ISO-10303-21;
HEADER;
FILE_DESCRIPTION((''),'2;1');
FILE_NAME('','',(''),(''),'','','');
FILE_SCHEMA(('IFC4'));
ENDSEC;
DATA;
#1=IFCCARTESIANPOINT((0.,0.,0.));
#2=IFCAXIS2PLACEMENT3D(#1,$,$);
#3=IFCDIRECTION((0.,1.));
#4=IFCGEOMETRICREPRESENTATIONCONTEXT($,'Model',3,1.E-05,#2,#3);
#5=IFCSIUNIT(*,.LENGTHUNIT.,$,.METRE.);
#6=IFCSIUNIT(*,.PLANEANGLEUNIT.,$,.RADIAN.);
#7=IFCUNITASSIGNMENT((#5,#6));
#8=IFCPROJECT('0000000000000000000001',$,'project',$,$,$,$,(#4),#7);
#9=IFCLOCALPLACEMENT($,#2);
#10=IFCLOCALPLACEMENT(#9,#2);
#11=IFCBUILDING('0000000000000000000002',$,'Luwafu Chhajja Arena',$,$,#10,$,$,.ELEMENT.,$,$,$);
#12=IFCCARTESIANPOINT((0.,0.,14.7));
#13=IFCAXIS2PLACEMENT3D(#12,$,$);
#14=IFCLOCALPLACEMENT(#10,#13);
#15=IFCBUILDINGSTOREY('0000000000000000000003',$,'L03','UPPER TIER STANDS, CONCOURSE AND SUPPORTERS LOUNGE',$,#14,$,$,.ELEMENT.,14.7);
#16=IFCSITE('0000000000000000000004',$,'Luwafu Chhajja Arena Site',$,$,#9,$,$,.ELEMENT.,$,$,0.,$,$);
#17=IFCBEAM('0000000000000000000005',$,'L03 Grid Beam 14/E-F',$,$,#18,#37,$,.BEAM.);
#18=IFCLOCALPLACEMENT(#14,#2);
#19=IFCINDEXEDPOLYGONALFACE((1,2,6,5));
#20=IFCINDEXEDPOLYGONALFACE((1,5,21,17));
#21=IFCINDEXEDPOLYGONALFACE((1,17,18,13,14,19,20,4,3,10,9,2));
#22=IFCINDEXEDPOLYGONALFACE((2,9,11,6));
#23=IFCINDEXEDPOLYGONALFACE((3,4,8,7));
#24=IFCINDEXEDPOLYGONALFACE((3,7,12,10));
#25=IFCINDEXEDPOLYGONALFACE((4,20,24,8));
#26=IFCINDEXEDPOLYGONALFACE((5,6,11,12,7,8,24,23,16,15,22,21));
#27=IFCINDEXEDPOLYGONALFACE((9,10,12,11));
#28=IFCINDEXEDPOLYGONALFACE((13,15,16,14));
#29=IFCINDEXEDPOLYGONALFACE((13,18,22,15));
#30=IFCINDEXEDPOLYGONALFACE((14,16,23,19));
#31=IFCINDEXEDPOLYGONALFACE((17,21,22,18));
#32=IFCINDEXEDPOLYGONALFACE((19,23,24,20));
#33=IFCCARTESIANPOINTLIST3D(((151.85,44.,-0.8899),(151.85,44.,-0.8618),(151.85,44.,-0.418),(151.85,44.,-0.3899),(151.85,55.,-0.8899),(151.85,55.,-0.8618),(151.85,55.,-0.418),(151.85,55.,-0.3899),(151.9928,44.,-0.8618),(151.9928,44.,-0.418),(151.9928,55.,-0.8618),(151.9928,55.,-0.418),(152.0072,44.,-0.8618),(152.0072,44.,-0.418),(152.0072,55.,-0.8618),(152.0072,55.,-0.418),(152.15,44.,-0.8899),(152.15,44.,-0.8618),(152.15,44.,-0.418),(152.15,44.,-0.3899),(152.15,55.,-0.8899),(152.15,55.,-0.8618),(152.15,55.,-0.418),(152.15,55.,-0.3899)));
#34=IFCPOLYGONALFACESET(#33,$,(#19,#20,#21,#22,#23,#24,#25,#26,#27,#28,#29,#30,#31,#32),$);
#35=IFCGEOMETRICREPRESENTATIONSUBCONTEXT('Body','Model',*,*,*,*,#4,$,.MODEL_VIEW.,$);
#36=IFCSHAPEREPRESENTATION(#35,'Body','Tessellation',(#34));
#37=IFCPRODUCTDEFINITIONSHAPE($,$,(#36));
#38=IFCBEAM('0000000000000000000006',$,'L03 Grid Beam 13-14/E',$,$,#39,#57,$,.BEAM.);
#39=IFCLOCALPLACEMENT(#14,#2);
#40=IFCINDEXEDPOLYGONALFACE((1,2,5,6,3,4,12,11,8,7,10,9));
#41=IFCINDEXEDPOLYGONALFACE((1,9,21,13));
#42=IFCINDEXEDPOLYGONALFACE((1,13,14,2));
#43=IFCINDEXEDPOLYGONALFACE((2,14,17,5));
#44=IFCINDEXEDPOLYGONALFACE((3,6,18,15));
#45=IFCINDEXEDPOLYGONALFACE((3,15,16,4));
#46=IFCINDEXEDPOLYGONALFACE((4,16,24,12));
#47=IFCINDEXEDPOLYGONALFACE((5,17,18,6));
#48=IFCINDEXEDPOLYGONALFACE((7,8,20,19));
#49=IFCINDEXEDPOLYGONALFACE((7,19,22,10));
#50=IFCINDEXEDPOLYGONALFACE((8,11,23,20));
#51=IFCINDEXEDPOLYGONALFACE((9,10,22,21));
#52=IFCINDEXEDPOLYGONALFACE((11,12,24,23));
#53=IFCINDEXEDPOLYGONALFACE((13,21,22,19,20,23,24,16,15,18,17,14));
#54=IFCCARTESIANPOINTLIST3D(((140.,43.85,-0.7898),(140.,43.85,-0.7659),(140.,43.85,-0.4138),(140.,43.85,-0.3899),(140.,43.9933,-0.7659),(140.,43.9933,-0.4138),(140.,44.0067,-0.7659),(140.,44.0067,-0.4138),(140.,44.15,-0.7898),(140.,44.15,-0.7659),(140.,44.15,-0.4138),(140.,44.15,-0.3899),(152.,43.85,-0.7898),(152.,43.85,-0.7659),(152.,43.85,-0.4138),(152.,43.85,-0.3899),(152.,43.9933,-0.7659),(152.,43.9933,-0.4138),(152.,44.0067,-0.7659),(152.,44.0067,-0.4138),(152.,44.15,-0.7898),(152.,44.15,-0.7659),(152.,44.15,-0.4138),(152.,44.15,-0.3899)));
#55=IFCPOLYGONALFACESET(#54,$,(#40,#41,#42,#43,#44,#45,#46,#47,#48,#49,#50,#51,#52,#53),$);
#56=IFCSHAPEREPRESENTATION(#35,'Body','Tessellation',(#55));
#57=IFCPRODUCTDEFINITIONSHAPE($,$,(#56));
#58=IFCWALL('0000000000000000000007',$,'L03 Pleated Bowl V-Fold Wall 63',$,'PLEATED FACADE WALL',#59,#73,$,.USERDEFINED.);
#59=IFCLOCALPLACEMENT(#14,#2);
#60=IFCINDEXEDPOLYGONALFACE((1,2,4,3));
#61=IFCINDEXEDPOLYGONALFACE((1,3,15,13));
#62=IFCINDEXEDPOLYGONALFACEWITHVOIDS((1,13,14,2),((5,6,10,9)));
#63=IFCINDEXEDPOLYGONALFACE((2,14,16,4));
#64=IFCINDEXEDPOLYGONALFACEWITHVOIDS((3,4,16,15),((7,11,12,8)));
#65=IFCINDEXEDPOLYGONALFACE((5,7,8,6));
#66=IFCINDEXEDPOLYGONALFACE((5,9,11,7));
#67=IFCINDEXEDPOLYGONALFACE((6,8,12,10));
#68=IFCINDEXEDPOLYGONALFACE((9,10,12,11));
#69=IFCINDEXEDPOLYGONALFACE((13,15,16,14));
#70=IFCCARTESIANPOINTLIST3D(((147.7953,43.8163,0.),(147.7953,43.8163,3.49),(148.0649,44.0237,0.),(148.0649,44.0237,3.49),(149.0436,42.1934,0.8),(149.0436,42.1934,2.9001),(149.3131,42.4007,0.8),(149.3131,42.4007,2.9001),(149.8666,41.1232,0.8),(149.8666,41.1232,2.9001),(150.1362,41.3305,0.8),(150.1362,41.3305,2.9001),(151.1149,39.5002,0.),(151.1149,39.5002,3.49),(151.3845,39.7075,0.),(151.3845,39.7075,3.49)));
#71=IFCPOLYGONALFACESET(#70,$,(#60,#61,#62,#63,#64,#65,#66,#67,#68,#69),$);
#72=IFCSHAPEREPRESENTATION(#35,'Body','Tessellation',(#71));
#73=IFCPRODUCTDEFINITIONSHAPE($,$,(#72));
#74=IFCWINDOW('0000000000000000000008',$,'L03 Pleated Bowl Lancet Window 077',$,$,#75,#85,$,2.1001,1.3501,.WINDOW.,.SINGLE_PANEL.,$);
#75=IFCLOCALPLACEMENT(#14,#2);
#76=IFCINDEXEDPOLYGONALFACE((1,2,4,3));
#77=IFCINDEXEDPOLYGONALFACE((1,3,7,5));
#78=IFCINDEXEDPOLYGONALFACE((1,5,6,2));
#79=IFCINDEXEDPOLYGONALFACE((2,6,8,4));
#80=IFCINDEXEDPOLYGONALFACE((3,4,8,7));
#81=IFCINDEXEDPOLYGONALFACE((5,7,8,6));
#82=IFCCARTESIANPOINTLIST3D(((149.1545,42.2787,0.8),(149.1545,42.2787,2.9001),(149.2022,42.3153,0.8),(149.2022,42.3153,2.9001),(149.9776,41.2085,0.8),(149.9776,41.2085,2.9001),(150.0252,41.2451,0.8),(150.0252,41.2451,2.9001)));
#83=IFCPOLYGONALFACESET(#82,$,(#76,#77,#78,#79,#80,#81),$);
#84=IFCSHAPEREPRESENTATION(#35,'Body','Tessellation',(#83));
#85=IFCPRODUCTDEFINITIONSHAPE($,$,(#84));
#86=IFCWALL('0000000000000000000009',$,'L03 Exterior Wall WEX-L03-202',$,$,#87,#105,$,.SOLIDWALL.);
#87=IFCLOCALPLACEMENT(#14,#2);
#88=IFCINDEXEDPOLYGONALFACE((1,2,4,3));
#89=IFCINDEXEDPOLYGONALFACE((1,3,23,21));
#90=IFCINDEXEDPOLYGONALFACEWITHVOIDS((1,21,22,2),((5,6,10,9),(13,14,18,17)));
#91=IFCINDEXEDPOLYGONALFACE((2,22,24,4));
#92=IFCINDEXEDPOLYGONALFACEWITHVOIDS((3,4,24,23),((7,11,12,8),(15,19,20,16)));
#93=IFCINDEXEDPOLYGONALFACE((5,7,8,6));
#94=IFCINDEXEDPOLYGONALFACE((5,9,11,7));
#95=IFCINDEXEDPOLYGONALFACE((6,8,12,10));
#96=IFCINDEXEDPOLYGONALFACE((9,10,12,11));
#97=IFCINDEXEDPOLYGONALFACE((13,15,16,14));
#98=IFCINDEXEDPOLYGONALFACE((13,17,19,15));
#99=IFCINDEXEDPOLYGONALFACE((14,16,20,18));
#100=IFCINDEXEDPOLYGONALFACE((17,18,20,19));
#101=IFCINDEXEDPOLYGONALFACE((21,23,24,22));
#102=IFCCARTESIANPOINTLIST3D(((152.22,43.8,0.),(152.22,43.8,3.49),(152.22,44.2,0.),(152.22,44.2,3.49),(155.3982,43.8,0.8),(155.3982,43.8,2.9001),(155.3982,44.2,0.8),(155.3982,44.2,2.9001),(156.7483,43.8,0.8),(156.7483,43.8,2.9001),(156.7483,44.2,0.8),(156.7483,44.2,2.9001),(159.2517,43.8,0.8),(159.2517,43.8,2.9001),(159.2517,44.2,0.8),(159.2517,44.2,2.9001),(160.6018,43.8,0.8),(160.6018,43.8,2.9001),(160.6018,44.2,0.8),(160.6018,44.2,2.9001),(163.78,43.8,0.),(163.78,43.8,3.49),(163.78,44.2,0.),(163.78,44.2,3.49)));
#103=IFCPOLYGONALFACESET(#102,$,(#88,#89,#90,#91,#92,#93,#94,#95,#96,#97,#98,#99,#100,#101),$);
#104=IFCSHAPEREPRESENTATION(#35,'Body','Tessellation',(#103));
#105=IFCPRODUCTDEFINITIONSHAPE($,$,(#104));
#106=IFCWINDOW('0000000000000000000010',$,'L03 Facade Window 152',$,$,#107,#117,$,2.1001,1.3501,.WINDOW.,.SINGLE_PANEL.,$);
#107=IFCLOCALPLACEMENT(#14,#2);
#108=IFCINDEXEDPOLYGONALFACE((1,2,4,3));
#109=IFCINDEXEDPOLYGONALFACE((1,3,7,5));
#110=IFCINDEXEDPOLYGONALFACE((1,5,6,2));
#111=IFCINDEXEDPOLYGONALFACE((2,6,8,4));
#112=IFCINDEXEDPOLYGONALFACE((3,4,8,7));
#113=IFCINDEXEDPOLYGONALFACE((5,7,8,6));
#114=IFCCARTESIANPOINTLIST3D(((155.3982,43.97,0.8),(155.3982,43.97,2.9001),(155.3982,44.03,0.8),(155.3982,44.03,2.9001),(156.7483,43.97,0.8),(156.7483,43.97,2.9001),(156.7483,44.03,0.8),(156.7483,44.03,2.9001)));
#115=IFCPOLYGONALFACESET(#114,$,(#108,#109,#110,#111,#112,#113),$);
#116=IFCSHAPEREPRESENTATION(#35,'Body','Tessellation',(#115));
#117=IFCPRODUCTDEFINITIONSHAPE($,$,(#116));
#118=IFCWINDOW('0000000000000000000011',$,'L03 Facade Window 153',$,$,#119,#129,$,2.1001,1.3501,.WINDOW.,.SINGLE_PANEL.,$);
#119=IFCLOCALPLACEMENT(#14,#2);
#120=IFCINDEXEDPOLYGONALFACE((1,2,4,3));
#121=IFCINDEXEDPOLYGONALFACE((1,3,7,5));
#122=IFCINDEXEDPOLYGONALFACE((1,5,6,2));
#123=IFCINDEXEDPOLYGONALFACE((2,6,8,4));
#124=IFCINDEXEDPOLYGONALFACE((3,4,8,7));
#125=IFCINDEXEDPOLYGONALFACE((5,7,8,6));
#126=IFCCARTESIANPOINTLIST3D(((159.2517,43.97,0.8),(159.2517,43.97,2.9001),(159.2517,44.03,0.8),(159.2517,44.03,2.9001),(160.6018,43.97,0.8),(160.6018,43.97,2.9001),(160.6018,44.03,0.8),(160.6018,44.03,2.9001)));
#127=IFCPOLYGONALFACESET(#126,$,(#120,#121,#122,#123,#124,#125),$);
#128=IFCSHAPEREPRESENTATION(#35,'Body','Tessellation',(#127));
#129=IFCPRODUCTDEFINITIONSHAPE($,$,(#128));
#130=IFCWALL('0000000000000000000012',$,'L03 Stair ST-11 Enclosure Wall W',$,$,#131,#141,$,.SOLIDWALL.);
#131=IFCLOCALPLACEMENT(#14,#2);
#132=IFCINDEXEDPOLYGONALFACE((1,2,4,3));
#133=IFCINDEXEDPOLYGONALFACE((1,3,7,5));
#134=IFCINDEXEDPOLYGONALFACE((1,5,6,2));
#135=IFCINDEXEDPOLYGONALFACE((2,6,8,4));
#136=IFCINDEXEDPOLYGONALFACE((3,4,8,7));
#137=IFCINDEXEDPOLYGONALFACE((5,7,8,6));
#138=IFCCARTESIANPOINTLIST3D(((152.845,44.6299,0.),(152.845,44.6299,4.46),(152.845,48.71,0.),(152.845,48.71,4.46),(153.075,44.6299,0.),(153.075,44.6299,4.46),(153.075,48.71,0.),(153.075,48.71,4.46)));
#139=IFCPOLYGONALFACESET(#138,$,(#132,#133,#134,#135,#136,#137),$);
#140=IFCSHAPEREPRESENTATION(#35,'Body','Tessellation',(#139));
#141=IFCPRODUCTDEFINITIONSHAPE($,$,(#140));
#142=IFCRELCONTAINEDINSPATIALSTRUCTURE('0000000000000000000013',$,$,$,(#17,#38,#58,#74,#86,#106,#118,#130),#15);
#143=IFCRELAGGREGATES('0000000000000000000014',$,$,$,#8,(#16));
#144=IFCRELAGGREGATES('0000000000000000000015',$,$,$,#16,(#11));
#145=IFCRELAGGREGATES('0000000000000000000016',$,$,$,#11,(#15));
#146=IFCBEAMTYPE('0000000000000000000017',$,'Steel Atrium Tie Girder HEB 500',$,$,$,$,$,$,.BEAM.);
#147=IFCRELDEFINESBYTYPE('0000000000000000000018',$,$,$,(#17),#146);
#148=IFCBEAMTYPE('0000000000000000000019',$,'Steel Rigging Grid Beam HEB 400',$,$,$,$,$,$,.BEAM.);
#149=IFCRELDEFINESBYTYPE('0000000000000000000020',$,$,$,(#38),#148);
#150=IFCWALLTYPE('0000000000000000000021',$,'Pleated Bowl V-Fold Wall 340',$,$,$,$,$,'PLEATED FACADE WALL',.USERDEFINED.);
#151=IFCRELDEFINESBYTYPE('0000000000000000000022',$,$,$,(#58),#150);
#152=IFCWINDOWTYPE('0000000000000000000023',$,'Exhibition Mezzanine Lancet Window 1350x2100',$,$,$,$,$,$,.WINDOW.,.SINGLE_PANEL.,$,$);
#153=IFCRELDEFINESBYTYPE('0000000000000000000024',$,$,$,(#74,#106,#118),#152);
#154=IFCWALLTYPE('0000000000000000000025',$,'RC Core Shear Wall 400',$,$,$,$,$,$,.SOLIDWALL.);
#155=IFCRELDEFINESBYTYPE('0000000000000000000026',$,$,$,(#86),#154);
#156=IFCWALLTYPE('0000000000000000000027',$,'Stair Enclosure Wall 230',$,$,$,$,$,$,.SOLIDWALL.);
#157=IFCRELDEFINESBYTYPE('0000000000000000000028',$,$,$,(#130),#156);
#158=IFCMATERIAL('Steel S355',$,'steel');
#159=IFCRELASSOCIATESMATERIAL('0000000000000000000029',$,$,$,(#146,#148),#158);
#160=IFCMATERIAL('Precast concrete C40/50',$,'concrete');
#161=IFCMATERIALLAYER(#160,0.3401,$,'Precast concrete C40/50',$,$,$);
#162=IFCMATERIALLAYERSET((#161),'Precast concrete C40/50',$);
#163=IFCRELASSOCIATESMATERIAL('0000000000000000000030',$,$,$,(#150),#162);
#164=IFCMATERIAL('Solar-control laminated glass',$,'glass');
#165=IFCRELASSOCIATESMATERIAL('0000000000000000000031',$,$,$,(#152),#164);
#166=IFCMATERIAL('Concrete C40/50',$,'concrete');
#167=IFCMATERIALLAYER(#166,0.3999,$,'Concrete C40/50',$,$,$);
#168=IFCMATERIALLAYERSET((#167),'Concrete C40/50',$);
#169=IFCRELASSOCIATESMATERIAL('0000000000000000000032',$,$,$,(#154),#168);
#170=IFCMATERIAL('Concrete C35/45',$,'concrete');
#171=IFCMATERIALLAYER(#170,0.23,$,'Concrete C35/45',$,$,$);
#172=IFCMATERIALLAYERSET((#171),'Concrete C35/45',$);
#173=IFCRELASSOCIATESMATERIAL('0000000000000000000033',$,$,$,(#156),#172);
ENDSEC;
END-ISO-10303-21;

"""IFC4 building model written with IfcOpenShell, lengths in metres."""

from ifc_helpers import new_model, si_unit, direction, frame, frame_2d, origin, origin_2d, place, context, subcontext, project, spatial, rectangle, i_section, extrude, material, layer, layer_set, material_profile, profile_set, type_object, element, fill, save


model = new_model("IFC4")

# Units and contexts
model_context = context("Model", 3, precision=1e-05, world=origin(), true_north=direction((0.0, 1.0)))
body_context = subcontext(model_context, "Body", "Model", "MODEL_VIEW")
ifc_project = project(units=[si_unit("LENGTHUNIT", "METRE"), si_unit("PLANEANGLEUNIT", "RADIAN")], contexts=[model_context])

# Site, building, storey
site_placement = place(None, origin())
site = spatial("IfcSite", under=ifc_project, at=site_placement, Name="Luwafu Chhajja Arena Site", CompositionType="ELEMENT", RefElevation=0.0)
building_placement = place(site_placement, origin())
building = spatial("IfcBuilding", under=site, at=building_placement, Name="Luwafu Chhajja Arena", CompositionType="ELEMENT")
storey_placement = place(building_placement, frame((0.0, 0.0, 14.7)))
storey = spatial("IfcBuildingStorey", under=building, at=storey_placement, Name="L03", Description="UPPER TIER STANDS, CONCOURSE AND SUPPORTERS LOUNGE", CompositionType="ELEMENT", Elevation=14.7)

# Shared definitions
ifc_material_1 = material(Name="Concrete C35/45", Category="concrete")
ifc_material_2 = material(Name="Concrete C40/50", Category="concrete")
ifc_material_3 = material(Name="Steel S355", Category="steel")

# Beams
ifc_material_profile_1 = material_profile(ifc_material_3, i_section(OverallWidth=0.3, OverallDepth=0.5, WebThickness=0.0144, FlangeThickness=0.0281, at=origin_2d()), Name="HEB 500")
ifc_profile_set_1 = profile_set([ifc_material_profile_1], Name="Steel S355")
beam_type_1 = type_object("IfcBeamType", Name="Steel Atrium Tie Girder HEB 500", PredefinedType="BEAM", material=ifc_profile_set_1)
beam_1_placement = place(storey_placement, frame((152.0, 44.0, -0.6399), z_axis=(0.0, 1.0, 0.0), x_axis=(-1.0, 0.0, 0.0)))
element("IfcBeam", 1, at=beam_1_placement, inside=storey, type_object=beam_type_1, Name="L03 Grid Beam 14/E-F", PredefinedType="BEAM", context=body_context, shape_type="SweptSolid", body=[
    extrude(i_section(OverallWidth=0.3, OverallDepth=0.5, WebThickness=0.0144, FlangeThickness=0.0281, at=origin_2d()), origin(), (0.0, 0.0, 1.0), 11.0),
])
ifc_material_profile_2 = material_profile(ifc_material_3, i_section(OverallWidth=0.3, OverallDepth=0.3999, WebThickness=0.0134, FlangeThickness=0.0239, at=origin_2d()), Name="HEB 400")
ifc_profile_set_2 = profile_set([ifc_material_profile_2], Name="Steel S355")
beam_type_2 = type_object("IfcBeamType", Name="Steel Rigging Grid Beam HEB 400", PredefinedType="BEAM", material=ifc_profile_set_2)
beam_2_placement = place(storey_placement, frame((140.0, 44.0, -0.5898), z_axis=(1.0, 0.0, 0.0), x_axis=(0.0, 1.0, 0.0)))
element("IfcBeam", 2, at=beam_2_placement, inside=storey, type_object=beam_type_2, Name="L03 Grid Beam 13-14/E", PredefinedType="BEAM", context=body_context, shape_type="SweptSolid", body=[
    extrude(i_section(OverallWidth=0.3, OverallDepth=0.3999, WebThickness=0.0134, FlangeThickness=0.0239, at=origin_2d()), origin(), (0.0, 0.0, 1.0), 12.0),
])

# Wall, opening, window
ifc_material_4 = material(Name="Precast concrete C40/50", Category="concrete")
ifc_layer_1 = layer(ifc_material_4, 0.3401, Name="Precast concrete C40/50")
ifc_layer_set_1 = layer_set([ifc_layer_1], Name="Precast concrete C40/50")
wall_type_1 = type_object("IfcWallType", Name="Pleated Bowl V-Fold Wall 340", ElementType="PLEATED FACADE WALL", PredefinedType="USERDEFINED", material=ifc_layer_set_1)
wall_1_placement = place(storey_placement, frame((151.2498, 39.6038, 0.0), z_axis=(0.0, 0.0, 1.0), x_axis=(-0.609648, 0.792672, 0.0)))
wall_1 = element("IfcWall", 3, at=wall_1_placement, inside=storey, type_object=wall_type_1, Name="L03 Pleated Bowl V-Fold Wall 63", ObjectType="PLEATED FACADE WALL", PredefinedType="USERDEFINED", context=body_context, shape_type="SweptSolid", body=[
    extrude(rectangle(XDim=5.4451, YDim=0.3401, at=frame_2d((2.7227, 0.0))), origin(), (0.0, 0.0, 1.0), 3.49),
])
opening_1_placement = place(wall_1_placement, frame((2.0476, 0.0, 0.8)))
opening_1 = element("IfcOpeningElement", 4, at=opening_1_placement, cuts=wall_1, PredefinedType="OPENING", context=body_context, shape_type="SweptSolid", body=[
    extrude(rectangle(XDim=1.3501, YDim=2.1001, at=frame_2d((0.675, 1.05))), frame((0.0, 0.1799, 0.0), z_axis=(0.0, -1.0, 0.0), x_axis=(1.0, 0.0, 0.0)), (0.0, 0.0, 1.0), 0.3601),
])
ifc_material_5 = material(Name="Solar-control laminated glass", Category="glass")
window_type = type_object("IfcWindowType", Name="Exhibition Mezzanine Lancet Window 1350x2100", PartitioningType="SINGLE_PANEL", PredefinedType="WINDOW", material=ifc_material_5)
window_1_placement = place(opening_1_placement, origin())
window_1 = element("IfcWindow", 5, at=window_1_placement, inside=storey, type_object=window_type, Name="L03 Pleated Bowl Lancet Window 077", OverallHeight=2.1001, OverallWidth=1.3501, PartitioningType="SINGLE_PANEL", PredefinedType="WINDOW", context=body_context, shape_type="SweptSolid", body=[
    extrude(rectangle(XDim=1.3501, YDim=2.1001, at=frame_2d((0.675, 1.05))), frame((0.0, 0.03, 0.0), z_axis=(0.0, -1.0, 0.0), x_axis=(1.0, 0.0, 0.0)), (0.0, 0.0, 1.0), 0.0601),
])
fill(opening_1, window_1)

# Wall, openings, windows
ifc_layer_2 = layer(ifc_material_2, 0.3999, Name="Concrete C40/50")
ifc_layer_set_2 = layer_set([ifc_layer_2], Name="Concrete C40/50")
wall_type_2 = type_object("IfcWallType", Name="RC Core Shear Wall 400", PredefinedType="SOLIDWALL", material=ifc_layer_set_2)
wall_2_placement = place(storey_placement, frame((152.22, 44.0, 0.0), z_axis=(0.0, 0.0, 1.0), x_axis=(1.0, 0.0, 0.0)))
wall_2 = element("IfcWall", 6, at=wall_2_placement, inside=storey, type_object=wall_type_2, Name="L03 Exterior Wall WEX-L03-202", PredefinedType="SOLIDWALL", context=body_context, shape_type="SweptSolid", body=[
    extrude(rectangle(XDim=11.5601, YDim=0.3999, at=frame_2d((5.78, 0.0))), origin(), (0.0, 0.0, 1.0), 3.49),
])
opening_2_placement = place(wall_2_placement, frame((3.1782, 0.0, 0.8)))
opening_2 = element("IfcOpeningElement", 7, at=opening_2_placement, cuts=wall_2, PredefinedType="OPENING", context=body_context, shape_type="SweptSolid", body=[
    extrude(rectangle(XDim=1.3501, YDim=2.1001, at=frame_2d((0.675, 1.05))), frame((0.0, 0.21, 0.0), z_axis=(0.0, -1.0, 0.0), x_axis=(1.0, 0.0, 0.0)), (0.0, 0.0, 1.0), 0.4199),
])
opening_3_placement = place(wall_2_placement, frame((7.0317, 0.0, 0.8)))
opening_3 = element("IfcOpeningElement", 8, at=opening_3_placement, cuts=wall_2, PredefinedType="OPENING", context=body_context, shape_type="SweptSolid", body=[
    extrude(rectangle(XDim=1.3501, YDim=2.1001, at=frame_2d((0.675, 1.05))), frame((0.0, 0.21, 0.0), z_axis=(0.0, -1.0, 0.0), x_axis=(1.0, 0.0, 0.0)), (0.0, 0.0, 1.0), 0.4199),
])
window_2_placement = place(opening_2_placement, origin())
window_2 = element("IfcWindow", 9, at=window_2_placement, inside=storey, type_object=window_type, Name="L03 Facade Window 152", OverallHeight=2.1001, OverallWidth=1.3501, PartitioningType="SINGLE_PANEL", PredefinedType="WINDOW", context=body_context, shape_type="SweptSolid", body=[
    extrude(rectangle(XDim=1.3501, YDim=2.1001, at=frame_2d((0.675, 1.05))), frame((0.0, 0.03, 0.0), z_axis=(0.0, -1.0, 0.0), x_axis=(1.0, 0.0, 0.0)), (0.0, 0.0, 1.0), 0.0601),
])
fill(opening_2, window_2)
window_3_placement = place(opening_3_placement, origin())
window_3 = element("IfcWindow", 10, at=window_3_placement, inside=storey, type_object=window_type, Name="L03 Facade Window 153", OverallHeight=2.1001, OverallWidth=1.3501, PartitioningType="SINGLE_PANEL", PredefinedType="WINDOW", context=body_context, shape_type="SweptSolid", body=[
    extrude(rectangle(XDim=1.3501, YDim=2.1001, at=frame_2d((0.675, 1.05))), frame((0.0, 0.03, 0.0), z_axis=(0.0, -1.0, 0.0), x_axis=(1.0, 0.0, 0.0)), (0.0, 0.0, 1.0), 0.0601),
])
fill(opening_3, window_3)

# Wall
ifc_layer_3 = layer(ifc_material_1, 0.23, Name="Concrete C35/45")
ifc_layer_set_3 = layer_set([ifc_layer_3], Name="Concrete C35/45")
wall_type_3 = type_object("IfcWallType", Name="Stair Enclosure Wall 230", PredefinedType="SOLIDWALL", material=ifc_layer_set_3)
wall_3_placement = place(storey_placement, frame((152.96, 44.6299, 0.0), z_axis=(0.0, 0.0, 1.0), x_axis=(0.0, 1.0, 0.0)))
element("IfcWall", 11, at=wall_3_placement, inside=storey, type_object=wall_type_3, Name="L03 Stair ST-11 Enclosure Wall W", PredefinedType="SOLIDWALL", context=body_context, shape_type="SweptSolid", body=[
    extrude(rectangle(XDim=4.0801, YDim=0.23, at=frame_2d((2.04, 0.0))), origin(), (0.0, 0.0, 1.0), 4.46),
])

save(model, "model.ifc")
